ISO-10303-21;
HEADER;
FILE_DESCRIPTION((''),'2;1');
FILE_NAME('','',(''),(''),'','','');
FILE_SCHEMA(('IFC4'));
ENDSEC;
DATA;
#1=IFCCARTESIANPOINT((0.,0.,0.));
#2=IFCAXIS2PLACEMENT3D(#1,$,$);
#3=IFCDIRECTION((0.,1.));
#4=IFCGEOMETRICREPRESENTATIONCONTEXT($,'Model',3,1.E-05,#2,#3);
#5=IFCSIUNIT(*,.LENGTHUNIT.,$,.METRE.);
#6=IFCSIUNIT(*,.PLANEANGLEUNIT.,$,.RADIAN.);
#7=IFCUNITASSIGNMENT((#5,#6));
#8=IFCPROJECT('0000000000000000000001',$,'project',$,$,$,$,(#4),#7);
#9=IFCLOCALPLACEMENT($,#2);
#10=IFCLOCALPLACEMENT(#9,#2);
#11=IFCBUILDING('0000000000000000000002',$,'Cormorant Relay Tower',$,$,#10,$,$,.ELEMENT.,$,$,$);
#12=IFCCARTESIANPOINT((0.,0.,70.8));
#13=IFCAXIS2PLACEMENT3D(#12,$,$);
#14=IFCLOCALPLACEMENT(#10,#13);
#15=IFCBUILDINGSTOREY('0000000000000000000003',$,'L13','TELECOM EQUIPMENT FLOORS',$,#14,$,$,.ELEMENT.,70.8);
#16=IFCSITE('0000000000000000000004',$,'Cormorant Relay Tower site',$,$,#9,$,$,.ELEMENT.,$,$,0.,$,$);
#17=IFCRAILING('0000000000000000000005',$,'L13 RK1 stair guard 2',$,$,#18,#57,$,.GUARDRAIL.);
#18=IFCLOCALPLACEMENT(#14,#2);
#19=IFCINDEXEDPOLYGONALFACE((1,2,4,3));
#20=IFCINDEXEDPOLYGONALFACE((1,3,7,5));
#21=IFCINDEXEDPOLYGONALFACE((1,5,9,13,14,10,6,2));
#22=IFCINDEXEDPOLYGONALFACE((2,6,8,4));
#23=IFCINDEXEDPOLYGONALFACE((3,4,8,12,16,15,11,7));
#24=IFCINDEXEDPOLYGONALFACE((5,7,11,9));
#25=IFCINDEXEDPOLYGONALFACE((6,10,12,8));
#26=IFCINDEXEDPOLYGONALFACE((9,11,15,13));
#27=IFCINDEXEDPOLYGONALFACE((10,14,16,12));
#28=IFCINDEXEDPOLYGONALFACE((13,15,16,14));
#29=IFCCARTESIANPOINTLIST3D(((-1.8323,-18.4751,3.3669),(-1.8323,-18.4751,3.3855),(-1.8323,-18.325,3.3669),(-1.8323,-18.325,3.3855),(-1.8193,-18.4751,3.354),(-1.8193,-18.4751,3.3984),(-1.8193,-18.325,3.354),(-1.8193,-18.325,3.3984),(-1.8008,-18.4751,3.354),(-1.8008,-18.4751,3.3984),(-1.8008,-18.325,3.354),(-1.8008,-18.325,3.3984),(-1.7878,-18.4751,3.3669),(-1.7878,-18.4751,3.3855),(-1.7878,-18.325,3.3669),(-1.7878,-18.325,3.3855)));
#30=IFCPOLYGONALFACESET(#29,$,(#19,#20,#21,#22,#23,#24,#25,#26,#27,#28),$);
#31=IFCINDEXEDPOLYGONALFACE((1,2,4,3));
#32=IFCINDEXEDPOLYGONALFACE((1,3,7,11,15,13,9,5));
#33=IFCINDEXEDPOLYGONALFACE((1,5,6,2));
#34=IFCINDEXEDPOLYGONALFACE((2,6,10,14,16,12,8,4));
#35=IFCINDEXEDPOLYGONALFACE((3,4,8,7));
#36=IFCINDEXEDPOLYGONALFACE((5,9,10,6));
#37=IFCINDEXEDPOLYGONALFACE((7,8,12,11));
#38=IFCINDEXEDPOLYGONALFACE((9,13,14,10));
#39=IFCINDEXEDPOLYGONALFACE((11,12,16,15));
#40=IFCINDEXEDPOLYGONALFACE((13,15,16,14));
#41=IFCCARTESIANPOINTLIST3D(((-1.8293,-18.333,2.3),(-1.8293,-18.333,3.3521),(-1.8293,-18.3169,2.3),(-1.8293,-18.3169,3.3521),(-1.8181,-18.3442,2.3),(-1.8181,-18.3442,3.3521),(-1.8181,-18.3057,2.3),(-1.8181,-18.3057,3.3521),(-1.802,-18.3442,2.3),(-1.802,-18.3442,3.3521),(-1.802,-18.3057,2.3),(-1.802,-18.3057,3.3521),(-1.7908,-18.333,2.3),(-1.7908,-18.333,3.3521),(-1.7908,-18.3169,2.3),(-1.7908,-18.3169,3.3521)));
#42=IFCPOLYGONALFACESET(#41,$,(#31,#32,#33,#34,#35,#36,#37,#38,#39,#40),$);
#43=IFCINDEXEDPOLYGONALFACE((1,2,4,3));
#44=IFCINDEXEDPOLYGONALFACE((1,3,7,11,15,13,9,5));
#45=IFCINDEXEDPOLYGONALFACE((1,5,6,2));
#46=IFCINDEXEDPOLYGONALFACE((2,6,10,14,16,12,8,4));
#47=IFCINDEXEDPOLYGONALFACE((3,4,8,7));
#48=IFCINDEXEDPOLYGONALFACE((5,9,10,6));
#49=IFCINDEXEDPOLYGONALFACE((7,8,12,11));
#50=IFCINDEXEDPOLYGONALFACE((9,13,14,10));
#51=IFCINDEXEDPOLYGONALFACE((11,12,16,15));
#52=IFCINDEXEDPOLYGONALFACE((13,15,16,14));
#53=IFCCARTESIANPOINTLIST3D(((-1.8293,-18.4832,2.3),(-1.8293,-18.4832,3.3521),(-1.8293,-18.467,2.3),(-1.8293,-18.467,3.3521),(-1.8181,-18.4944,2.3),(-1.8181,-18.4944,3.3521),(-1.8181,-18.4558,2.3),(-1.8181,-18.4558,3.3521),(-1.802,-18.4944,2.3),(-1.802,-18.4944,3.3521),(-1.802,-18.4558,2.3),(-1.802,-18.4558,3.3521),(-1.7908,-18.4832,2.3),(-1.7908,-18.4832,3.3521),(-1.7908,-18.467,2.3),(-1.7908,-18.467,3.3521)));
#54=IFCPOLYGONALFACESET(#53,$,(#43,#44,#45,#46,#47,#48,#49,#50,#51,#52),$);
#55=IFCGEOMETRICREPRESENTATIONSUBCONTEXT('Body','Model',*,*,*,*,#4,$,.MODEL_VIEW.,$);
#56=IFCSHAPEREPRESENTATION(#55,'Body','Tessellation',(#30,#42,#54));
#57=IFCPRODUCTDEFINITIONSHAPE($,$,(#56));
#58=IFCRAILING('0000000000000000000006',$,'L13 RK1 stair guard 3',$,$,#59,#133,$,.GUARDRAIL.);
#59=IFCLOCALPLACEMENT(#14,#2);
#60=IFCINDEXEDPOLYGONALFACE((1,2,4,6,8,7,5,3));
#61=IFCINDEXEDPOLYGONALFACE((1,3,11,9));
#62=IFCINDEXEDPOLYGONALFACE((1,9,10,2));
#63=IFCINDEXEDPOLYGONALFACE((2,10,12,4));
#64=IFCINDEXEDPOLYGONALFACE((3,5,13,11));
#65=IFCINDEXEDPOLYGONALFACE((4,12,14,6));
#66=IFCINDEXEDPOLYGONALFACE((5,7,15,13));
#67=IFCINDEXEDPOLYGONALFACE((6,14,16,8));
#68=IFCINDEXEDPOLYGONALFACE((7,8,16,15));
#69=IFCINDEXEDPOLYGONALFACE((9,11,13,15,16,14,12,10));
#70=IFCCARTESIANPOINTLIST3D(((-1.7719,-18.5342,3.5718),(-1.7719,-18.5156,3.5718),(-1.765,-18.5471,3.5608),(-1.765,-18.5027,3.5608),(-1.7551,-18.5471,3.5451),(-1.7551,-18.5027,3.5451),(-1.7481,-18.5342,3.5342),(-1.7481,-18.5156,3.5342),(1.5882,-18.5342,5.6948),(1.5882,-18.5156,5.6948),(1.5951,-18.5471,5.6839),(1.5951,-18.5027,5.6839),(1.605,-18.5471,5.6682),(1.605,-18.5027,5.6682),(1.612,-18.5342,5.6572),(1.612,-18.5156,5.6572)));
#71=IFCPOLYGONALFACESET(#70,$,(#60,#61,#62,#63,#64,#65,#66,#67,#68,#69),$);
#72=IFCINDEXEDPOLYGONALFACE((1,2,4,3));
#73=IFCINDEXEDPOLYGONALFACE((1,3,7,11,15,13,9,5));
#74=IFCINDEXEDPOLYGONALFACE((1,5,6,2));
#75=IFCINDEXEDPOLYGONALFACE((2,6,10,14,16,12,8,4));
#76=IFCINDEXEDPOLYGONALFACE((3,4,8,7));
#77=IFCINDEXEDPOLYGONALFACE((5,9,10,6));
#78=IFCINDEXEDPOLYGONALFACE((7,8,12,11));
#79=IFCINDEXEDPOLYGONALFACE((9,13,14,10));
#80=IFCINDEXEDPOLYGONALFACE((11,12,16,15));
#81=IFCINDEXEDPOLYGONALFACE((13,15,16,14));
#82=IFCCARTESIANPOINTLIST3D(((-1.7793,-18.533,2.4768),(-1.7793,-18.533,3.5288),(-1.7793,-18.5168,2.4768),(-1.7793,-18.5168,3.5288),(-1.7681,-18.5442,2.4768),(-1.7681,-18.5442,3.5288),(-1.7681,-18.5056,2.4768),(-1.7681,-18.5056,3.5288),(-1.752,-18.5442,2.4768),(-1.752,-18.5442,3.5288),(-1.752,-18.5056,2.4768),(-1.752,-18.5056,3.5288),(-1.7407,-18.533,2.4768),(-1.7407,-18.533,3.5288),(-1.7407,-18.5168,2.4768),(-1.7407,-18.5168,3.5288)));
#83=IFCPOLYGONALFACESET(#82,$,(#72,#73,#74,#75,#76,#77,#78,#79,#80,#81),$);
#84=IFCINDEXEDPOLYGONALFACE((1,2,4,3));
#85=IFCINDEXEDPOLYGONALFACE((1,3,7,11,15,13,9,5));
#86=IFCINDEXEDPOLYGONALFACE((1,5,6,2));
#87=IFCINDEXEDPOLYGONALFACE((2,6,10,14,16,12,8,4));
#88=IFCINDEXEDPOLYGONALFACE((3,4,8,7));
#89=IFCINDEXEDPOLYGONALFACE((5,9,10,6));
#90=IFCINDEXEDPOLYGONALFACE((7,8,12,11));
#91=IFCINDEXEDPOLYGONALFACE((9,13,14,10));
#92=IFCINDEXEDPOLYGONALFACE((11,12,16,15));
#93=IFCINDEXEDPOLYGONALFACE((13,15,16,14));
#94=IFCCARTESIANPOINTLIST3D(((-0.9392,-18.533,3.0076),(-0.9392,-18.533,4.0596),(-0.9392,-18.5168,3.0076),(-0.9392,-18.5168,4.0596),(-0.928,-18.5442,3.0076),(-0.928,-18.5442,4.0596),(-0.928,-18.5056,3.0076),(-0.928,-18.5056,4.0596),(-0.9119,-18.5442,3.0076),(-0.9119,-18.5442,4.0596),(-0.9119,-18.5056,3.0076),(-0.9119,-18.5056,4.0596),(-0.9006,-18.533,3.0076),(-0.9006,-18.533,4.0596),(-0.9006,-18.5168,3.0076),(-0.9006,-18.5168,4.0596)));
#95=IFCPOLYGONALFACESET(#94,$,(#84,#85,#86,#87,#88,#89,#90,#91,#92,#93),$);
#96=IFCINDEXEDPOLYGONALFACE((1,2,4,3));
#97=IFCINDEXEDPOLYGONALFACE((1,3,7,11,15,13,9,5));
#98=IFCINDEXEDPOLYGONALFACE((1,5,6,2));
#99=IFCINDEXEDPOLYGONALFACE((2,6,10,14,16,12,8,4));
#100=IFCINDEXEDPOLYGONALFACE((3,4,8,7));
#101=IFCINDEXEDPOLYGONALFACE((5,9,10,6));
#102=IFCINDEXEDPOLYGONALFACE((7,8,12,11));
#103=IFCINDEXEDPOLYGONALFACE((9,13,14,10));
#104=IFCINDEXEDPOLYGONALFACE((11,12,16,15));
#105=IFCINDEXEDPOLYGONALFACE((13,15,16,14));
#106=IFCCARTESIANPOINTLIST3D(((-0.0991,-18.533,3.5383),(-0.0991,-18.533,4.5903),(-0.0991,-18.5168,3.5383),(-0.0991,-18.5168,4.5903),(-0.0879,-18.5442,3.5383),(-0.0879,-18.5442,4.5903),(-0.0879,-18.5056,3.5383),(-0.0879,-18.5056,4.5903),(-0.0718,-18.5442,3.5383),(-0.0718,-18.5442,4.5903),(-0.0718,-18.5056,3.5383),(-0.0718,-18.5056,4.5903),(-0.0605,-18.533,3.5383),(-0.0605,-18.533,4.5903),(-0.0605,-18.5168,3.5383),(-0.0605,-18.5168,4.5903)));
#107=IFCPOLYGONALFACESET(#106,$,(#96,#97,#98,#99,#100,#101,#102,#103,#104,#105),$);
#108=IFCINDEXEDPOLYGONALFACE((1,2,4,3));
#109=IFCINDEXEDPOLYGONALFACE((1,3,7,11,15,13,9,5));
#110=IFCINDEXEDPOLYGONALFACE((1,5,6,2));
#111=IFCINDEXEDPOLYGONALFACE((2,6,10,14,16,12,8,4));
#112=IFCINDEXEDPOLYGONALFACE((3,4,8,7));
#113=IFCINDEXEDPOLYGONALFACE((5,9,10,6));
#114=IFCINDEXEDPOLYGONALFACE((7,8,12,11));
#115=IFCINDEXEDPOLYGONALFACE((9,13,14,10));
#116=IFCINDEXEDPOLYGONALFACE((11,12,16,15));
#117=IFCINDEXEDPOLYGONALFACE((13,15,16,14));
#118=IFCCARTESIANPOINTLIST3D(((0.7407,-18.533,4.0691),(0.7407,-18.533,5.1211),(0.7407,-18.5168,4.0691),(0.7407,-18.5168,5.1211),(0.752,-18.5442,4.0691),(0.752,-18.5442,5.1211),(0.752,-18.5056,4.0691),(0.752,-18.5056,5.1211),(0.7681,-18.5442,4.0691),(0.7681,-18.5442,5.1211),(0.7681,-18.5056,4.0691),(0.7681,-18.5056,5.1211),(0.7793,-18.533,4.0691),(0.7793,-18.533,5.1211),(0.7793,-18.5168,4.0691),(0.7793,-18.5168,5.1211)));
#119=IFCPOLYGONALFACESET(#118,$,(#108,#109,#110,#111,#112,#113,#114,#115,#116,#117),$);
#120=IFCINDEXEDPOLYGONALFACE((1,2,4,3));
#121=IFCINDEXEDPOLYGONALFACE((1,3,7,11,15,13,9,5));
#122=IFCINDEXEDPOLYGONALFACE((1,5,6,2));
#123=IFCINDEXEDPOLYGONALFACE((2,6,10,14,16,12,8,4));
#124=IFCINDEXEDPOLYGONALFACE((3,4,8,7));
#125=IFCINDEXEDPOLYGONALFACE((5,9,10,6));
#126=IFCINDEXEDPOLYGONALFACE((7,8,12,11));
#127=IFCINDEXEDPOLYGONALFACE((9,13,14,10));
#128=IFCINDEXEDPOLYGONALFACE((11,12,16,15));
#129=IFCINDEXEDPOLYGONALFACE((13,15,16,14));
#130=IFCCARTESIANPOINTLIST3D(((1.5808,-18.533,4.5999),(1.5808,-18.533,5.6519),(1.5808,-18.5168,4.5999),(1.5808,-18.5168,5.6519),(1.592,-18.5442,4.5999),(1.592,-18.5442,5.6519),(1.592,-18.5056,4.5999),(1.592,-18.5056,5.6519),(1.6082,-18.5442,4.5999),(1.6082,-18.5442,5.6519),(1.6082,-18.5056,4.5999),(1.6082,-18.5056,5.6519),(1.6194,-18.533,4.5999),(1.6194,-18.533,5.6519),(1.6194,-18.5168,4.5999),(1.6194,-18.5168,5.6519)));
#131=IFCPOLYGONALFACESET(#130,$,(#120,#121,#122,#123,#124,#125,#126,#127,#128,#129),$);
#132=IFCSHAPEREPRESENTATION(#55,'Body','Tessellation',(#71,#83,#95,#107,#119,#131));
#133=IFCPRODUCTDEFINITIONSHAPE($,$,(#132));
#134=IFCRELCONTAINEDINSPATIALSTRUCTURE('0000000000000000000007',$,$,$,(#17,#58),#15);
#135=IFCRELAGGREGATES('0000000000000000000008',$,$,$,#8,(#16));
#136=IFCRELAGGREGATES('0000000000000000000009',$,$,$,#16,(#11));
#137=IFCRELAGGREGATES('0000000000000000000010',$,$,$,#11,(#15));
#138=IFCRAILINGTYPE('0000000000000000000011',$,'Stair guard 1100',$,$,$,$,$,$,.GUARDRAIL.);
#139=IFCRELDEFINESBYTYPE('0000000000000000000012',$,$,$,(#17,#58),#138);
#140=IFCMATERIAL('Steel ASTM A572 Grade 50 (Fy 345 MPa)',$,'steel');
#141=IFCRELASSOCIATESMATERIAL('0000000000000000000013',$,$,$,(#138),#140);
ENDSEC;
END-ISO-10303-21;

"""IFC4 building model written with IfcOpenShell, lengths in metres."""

from ifc_helpers import new_model, si_unit, direction, frame, origin, place, context, subcontext, project, spatial, polyline, outline, extrude, material, type_object, element, save


model = new_model("IFC4")

# Units and contexts
model_context = context("Model", 3, precision=1e-05, world=origin(), true_north=direction((0.0, 1.0)))
body_context = subcontext(model_context, "Body", "Model", "MODEL_VIEW")
ifc_project = project(units=[si_unit("LENGTHUNIT", "METRE"), si_unit("PLANEANGLEUNIT", "RADIAN")], contexts=[model_context])

# Site, building, storey
site_placement = place(None, origin())
site = spatial("IfcSite", under=ifc_project, at=site_placement, Name="Cormorant Relay Tower site", CompositionType="ELEMENT", RefElevation=0.0)
building_placement = place(site_placement, origin())
building = spatial("IfcBuilding", under=site, at=building_placement, Name="Cormorant Relay Tower", CompositionType="ELEMENT")
storey_placement = place(building_placement, frame((0.0, 0.0, 70.8)))
storey = spatial("IfcBuildingStorey", under=building, at=storey_placement, Name="L13", Description="TELECOM EQUIPMENT FLOORS", CompositionType="ELEMENT", Elevation=70.8)

# Railings
ifc_material_1 = material(Name="Steel ASTM A572 Grade 50 (Fy 345 MPa)", Category="steel")
railing_type_1 = type_object("IfcRailingType", Name="Stair guard 1100", PredefinedType="GUARDRAIL", material=ifc_material_1)
railing_1_placement = place(storey_placement, frame((-1.8101, -18.325, 2.3)))
element("IfcRailing", 1, at=railing_1_placement, inside=storey, type_object=railing_type_1, Name="L13 RK1 stair guard 2", PredefinedType="GUARDRAIL", context=body_context, shape_type="SweptSolid", body=[
    extrude(outline(polyline([(0.0222, 0.0093), (0.0093, 0.0222), (-0.0093, 0.0222), (-0.0222, 0.0093), (-0.0222, -0.0093), (-0.0093, -0.0222), (0.0093, -0.0222), (0.0222, -0.0093), (0.0222, 0.0093)])), frame((0.0, 0.0, 1.0762), z_axis=(0.0, -1.0, 0.0), x_axis=(1.0, 0.0, 0.0)), (0.0, 0.0, 1.0), 0.1501),
    extrude(outline(polyline([(0.0193, 0.0081), (0.0081, 0.0193), (-0.0081, 0.0193), (-0.0193, 0.0081), (-0.0193, -0.0081), (-0.0081, -0.0193), (0.0081, -0.0193), (0.0193, -0.0081), (0.0193, 0.0081)])), origin(), (0.0, 0.0, 1.0), 1.052),
    extrude(outline(polyline([(0.0193, 0.0081), (0.0081, 0.0193), (-0.0081, 0.0193), (-0.0193, 0.0081), (-0.0193, -0.0081), (-0.0081, -0.0193), (0.0081, -0.0193), (0.0193, -0.0081), (0.0193, 0.0081)])), frame((0.0, -0.1501, 0.0)), (0.0, 0.0, 1.0), 1.052),
])
railing_2_placement = place(storey_placement, frame((-1.76, -18.5249, 2.4768)))
element("IfcRailing", 2, at=railing_2_placement, inside=storey, type_object=railing_type_1, Name="L13 RK1 stair guard 3", PredefinedType="GUARDRAIL", context=body_context, shape_type="SweptSolid", body=[
    extrude(outline(polyline([(0.0222, 0.0093), (0.0093, 0.0222), (-0.0093, 0.0222), (-0.0222, 0.0093), (-0.0222, -0.0093), (-0.0093, -0.0222), (0.0093, -0.0222), (0.0222, -0.0093), (0.0222, 0.0093)])), frame((0.0, 0.0, 1.0762), z_axis=(0.84539, 0.0, 0.53415), x_axis=(0.0, 1.0, 0.0)), (0.0, 0.0, 1.0), 3.9746),
    extrude(outline(polyline([(0.0193, 0.0081), (0.0081, 0.0193), (-0.0081, 0.0193), (-0.0193, 0.0081), (-0.0193, -0.0081), (-0.0081, -0.0193), (0.0081, -0.0193), (0.0193, -0.0081), (0.0193, 0.0081)])), origin(), (0.0, 0.0, 1.0), 1.052),
    extrude(outline(polyline([(0.0193, 0.0081), (0.0081, 0.0193), (-0.0081, 0.0193), (-0.0193, 0.0081), (-0.0193, -0.0081), (-0.0081, -0.0193), (0.0081, -0.0193), (0.0193, -0.0081), (0.0193, 0.0081)])), frame((0.8401, 0.0, 0.5308)), (0.0, 0.0, 1.0), 1.052),
    extrude(outline(polyline([(0.0193, 0.0081), (0.0081, 0.0193), (-0.0081, 0.0193), (-0.0193, 0.0081), (-0.0193, -0.0081), (-0.0081, -0.0193), (0.0081, -0.0193), (0.0193, -0.0081), (0.0193, 0.0081)])), frame((1.6802, 0.0, 1.0615)), (0.0, 0.0, 1.0), 1.052),
    extrude(outline(polyline([(0.0193, 0.0081), (0.0081, 0.0193), (-0.0081, 0.0193), (-0.0193, 0.0081), (-0.0193, -0.0081), (-0.0081, -0.0193), (0.0081, -0.0193), (0.0193, -0.0081), (0.0193, 0.0081)])), frame((2.52, 0.0, 1.5923)), (0.0, 0.0, 1.0), 1.052),
    extrude(outline(polyline([(0.0193, 0.0081), (0.0081, 0.0193), (-0.0081, 0.0193), (-0.0193, 0.0081), (-0.0193, -0.0081), (-0.0081, -0.0193), (0.0081, -0.0193), (0.0193, -0.0081), (0.0193, 0.0081)])), frame((3.3601, 0.0, 2.123)), (0.0, 0.0, 1.0), 1.052),
])

save(model, "model.ifc")
